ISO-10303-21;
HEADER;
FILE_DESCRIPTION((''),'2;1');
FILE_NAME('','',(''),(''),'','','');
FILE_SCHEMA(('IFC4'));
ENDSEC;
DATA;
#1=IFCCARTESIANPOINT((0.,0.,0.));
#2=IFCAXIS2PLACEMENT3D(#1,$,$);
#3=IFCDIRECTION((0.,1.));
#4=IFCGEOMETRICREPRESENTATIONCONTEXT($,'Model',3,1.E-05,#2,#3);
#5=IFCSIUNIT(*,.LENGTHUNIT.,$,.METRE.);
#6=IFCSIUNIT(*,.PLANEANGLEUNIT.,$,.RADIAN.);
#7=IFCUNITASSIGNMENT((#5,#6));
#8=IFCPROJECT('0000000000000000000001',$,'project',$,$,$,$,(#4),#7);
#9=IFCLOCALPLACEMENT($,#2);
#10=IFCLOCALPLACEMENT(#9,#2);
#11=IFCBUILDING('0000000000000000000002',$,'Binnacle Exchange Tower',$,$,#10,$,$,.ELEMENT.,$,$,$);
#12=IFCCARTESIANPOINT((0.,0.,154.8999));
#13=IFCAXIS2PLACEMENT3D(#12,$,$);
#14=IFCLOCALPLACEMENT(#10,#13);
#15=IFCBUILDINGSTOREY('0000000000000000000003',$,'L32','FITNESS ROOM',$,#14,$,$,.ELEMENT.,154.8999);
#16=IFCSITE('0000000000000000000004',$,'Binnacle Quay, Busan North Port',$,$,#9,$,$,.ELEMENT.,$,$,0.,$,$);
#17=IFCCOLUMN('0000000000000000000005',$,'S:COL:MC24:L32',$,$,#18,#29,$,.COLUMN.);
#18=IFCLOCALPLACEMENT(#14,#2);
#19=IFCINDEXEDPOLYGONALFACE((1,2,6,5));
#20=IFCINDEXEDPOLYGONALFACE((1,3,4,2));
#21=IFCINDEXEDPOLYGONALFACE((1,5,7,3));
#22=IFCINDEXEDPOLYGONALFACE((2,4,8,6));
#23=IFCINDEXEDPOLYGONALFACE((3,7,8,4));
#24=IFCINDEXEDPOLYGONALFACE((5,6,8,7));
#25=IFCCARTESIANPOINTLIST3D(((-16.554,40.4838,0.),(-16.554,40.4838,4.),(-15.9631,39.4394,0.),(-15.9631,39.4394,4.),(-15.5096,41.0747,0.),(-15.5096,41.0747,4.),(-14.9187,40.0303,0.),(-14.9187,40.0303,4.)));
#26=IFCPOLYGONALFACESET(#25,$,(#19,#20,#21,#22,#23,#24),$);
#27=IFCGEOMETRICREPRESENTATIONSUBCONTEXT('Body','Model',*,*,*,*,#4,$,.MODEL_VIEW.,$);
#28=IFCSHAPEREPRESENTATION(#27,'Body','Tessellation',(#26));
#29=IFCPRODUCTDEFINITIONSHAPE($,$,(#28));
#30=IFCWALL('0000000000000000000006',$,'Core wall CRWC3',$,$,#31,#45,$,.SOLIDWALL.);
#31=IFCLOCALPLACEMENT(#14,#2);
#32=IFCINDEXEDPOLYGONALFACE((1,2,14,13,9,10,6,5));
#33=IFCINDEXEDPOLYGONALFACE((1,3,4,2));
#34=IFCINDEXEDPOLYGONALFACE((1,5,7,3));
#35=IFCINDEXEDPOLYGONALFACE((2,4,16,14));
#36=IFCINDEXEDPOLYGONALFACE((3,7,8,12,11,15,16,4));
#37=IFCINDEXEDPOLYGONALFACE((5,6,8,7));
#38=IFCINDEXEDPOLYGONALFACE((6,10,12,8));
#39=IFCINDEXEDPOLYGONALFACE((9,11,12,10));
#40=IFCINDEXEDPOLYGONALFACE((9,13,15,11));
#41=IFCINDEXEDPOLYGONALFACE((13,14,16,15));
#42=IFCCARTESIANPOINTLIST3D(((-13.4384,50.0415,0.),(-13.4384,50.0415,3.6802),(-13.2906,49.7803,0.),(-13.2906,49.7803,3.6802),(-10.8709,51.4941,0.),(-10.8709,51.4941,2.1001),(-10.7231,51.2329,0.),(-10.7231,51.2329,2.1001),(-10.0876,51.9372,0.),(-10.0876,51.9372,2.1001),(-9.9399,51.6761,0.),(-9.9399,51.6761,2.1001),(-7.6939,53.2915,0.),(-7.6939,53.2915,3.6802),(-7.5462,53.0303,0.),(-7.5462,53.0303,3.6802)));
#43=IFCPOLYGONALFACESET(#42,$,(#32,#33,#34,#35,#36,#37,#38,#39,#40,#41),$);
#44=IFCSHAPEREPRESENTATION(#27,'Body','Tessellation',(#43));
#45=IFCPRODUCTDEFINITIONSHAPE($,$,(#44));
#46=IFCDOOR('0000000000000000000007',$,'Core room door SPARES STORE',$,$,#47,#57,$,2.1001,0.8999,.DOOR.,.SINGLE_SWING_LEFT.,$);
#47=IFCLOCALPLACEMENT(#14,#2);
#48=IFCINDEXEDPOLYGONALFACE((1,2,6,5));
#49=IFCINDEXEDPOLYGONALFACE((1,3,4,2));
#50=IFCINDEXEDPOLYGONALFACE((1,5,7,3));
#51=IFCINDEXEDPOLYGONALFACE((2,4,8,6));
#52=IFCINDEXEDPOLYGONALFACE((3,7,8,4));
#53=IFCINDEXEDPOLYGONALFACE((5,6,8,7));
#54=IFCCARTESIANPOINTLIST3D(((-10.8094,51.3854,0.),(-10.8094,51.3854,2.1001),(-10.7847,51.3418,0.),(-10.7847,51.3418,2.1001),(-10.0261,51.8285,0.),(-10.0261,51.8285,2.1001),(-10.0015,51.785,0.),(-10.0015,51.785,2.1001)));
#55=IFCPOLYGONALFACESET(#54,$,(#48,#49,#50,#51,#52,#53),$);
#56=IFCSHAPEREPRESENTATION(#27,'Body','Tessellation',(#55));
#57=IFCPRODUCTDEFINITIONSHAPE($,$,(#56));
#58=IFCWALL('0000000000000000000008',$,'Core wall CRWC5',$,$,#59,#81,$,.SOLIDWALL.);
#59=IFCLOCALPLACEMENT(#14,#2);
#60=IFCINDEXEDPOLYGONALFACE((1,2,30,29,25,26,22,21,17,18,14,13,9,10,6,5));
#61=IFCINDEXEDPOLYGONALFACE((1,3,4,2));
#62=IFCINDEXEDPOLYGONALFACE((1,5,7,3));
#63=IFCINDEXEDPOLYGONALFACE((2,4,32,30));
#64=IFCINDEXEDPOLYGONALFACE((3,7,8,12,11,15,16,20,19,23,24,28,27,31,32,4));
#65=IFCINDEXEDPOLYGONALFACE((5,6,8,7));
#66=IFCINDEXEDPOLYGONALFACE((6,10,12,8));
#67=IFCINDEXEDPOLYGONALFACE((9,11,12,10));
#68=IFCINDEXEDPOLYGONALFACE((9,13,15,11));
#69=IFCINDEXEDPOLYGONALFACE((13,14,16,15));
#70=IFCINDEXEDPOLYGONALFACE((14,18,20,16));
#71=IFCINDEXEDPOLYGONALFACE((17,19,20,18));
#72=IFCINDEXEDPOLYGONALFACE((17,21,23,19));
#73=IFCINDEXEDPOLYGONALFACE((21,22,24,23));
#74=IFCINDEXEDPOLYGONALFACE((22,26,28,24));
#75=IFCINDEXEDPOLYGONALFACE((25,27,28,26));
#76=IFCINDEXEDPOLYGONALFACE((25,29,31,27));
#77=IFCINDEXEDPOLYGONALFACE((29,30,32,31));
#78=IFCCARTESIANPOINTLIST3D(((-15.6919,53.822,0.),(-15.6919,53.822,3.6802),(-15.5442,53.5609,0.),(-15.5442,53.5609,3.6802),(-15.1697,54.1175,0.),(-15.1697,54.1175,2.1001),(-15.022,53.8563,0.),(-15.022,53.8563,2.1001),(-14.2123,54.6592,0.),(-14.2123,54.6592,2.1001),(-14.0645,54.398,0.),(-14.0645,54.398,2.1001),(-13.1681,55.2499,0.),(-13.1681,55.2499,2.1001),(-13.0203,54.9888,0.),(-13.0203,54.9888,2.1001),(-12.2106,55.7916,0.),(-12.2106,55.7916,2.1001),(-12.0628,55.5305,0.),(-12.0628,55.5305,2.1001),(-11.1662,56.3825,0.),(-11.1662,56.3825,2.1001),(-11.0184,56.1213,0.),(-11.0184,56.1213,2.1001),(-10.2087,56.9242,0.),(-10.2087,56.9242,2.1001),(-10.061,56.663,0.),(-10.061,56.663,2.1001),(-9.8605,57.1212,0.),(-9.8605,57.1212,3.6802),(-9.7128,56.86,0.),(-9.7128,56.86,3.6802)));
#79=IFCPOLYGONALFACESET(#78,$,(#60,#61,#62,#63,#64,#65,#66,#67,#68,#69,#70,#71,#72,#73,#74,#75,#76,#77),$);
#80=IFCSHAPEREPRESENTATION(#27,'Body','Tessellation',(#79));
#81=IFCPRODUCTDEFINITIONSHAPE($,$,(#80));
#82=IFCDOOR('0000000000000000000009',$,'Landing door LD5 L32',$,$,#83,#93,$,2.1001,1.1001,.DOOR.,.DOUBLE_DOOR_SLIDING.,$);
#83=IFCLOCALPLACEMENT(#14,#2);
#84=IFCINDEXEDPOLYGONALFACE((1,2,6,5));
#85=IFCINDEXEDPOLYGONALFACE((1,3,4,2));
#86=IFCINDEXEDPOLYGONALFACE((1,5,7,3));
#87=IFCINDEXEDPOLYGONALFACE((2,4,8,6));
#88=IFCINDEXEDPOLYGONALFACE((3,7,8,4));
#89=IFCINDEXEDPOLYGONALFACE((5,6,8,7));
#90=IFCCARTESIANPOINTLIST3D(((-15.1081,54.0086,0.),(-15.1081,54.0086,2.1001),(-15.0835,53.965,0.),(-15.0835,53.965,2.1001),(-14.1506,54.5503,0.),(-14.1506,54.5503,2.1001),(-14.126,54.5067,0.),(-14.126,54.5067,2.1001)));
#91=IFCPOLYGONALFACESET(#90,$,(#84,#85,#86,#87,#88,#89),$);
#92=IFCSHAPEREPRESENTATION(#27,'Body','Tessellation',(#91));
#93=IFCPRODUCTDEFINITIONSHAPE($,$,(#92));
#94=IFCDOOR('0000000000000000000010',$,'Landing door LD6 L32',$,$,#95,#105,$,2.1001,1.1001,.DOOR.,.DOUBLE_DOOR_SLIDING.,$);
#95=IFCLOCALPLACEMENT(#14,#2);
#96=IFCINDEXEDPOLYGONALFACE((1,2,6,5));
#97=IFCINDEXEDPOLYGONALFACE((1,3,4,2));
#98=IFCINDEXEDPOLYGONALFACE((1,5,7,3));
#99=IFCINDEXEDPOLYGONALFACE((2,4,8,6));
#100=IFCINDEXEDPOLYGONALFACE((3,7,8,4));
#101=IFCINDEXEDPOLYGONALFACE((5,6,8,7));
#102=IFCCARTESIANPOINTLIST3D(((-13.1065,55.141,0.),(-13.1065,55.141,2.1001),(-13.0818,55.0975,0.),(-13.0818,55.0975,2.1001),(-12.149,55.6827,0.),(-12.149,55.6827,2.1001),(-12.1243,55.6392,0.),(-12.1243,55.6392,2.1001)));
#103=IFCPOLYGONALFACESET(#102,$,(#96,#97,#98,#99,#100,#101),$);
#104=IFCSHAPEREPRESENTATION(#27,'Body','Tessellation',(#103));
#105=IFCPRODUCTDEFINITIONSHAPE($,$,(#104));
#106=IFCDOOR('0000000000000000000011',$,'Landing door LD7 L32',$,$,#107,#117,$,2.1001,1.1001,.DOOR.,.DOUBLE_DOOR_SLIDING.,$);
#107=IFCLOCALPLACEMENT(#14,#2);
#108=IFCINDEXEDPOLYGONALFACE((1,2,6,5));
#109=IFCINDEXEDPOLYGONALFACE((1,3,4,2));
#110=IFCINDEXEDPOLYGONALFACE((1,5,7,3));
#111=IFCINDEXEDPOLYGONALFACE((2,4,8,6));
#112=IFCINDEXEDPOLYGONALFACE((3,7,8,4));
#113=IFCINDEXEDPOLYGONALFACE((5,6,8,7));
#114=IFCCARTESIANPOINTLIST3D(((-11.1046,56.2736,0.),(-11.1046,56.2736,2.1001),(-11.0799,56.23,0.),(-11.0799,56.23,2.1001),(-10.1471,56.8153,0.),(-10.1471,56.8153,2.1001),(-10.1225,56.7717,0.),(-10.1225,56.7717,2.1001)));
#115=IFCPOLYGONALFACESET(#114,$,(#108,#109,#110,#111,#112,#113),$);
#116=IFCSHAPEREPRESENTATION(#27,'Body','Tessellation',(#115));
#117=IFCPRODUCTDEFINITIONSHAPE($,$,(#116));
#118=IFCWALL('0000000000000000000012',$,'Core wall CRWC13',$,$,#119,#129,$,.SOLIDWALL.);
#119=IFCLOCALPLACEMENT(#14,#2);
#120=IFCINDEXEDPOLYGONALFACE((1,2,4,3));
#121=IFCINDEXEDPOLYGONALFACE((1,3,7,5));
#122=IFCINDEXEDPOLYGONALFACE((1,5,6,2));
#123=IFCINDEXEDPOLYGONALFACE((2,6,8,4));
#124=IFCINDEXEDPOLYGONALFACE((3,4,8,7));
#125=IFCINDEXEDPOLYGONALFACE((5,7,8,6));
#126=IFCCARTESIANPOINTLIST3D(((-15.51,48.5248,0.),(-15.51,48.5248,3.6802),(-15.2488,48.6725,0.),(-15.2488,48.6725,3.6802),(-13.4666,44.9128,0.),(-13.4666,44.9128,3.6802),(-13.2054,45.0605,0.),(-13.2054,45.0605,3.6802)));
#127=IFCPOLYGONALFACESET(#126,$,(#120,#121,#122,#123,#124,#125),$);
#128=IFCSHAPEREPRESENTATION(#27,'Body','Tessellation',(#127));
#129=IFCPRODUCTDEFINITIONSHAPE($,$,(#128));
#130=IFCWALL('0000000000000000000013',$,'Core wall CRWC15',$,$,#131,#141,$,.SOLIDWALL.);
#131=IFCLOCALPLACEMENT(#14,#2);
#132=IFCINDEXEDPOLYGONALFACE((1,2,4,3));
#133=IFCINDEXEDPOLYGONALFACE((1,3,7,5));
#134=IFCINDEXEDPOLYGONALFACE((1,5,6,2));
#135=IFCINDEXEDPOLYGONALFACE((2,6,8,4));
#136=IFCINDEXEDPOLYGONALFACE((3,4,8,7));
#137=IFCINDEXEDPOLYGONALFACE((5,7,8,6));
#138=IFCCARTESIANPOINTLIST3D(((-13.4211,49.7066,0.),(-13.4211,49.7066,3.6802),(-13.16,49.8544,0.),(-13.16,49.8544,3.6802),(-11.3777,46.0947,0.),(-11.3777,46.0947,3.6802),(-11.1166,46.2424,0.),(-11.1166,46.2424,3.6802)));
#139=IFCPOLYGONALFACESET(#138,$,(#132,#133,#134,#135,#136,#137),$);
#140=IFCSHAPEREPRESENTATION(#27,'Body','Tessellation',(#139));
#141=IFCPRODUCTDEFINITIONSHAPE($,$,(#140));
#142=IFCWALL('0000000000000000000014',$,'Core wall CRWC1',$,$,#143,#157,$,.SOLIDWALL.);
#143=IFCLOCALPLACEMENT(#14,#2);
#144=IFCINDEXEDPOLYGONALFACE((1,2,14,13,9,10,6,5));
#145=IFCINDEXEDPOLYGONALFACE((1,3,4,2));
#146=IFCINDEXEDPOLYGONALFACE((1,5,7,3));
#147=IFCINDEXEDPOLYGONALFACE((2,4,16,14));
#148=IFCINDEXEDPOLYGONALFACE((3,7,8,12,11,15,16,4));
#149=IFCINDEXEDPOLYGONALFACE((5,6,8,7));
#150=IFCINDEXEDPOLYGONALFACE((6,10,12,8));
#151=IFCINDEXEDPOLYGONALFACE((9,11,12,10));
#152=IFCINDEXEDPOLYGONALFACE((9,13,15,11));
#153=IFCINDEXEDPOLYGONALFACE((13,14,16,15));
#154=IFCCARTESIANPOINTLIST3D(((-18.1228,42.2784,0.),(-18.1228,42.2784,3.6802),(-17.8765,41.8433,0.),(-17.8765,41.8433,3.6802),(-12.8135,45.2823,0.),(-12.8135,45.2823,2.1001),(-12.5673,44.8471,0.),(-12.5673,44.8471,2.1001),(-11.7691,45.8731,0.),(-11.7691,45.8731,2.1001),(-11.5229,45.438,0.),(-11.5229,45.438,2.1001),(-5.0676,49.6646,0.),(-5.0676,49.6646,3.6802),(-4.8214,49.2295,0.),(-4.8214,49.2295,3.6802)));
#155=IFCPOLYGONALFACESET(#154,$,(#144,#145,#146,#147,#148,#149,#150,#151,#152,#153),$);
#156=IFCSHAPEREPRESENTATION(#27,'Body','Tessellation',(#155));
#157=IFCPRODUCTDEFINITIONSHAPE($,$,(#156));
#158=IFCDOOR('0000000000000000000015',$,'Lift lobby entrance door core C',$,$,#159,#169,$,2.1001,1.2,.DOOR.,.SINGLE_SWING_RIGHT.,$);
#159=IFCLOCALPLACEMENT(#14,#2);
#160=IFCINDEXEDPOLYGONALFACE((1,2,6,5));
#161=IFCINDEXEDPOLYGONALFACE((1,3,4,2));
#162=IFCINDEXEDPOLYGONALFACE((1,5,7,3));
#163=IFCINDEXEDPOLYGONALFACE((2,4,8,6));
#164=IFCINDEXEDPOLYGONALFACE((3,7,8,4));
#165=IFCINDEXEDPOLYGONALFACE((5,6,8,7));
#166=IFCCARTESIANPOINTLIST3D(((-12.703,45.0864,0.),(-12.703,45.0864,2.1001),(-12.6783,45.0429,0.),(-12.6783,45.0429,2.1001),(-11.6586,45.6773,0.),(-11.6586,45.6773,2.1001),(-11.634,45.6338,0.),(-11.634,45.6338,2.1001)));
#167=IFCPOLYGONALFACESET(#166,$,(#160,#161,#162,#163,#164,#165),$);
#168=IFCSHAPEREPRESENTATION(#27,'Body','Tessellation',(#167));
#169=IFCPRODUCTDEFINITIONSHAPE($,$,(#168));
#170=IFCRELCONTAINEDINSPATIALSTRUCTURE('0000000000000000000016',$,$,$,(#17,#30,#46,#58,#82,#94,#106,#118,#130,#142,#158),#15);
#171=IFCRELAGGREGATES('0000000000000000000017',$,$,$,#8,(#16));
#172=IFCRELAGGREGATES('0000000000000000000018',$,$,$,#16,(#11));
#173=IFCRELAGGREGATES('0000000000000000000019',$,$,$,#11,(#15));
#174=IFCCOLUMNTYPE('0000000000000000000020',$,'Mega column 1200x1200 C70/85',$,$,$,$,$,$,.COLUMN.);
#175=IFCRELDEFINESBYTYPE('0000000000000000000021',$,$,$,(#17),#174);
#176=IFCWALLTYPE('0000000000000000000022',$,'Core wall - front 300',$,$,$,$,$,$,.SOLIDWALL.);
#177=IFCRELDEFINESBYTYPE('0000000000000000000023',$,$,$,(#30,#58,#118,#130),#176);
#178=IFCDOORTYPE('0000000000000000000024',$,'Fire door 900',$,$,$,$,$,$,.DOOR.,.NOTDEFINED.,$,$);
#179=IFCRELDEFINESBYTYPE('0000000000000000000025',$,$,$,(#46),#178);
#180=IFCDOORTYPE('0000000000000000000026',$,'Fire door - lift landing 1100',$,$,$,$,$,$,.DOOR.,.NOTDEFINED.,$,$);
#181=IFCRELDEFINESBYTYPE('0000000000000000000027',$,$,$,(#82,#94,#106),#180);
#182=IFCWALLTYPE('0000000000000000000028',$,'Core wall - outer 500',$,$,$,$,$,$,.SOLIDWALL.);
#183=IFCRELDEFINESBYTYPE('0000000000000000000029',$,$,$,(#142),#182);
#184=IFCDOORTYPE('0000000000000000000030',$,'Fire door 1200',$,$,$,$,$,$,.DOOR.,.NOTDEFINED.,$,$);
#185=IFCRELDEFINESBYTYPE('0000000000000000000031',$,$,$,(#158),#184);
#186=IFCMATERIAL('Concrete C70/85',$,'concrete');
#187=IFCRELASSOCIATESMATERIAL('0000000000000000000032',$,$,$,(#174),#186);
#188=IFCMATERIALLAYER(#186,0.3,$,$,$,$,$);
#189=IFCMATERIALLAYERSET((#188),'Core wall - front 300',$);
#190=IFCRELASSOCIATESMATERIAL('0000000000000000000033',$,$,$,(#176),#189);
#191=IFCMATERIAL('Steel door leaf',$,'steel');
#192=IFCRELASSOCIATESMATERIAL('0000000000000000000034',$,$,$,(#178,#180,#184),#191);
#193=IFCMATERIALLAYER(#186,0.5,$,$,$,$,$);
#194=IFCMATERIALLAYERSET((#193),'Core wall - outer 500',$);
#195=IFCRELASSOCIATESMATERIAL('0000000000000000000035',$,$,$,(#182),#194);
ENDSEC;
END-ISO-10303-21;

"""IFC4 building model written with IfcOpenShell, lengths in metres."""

from ifc_helpers import new_model, si_unit, direction, frame, frame_2d, origin, origin_2d, place, context, subcontext, project, spatial, rectangle, extrude, material, layer, layer_set, material_profile, profile_set, type_object, element, fill, save


model = new_model("IFC4")

# Units and contexts
model_context = context("Model", 3, precision=1e-05, world=origin(), true_north=direction((0.0, 1.0)))
body_context = subcontext(model_context, "Body", "Model", "MODEL_VIEW")
ifc_project = project(units=[si_unit("LENGTHUNIT", "METRE"), si_unit("PLANEANGLEUNIT", "RADIAN")], contexts=[model_context])

# Site, building, storey
site_placement = place(None, origin())
site = spatial("IfcSite", under=ifc_project, at=site_placement, Name="Binnacle Quay, Busan North Port", CompositionType="ELEMENT", RefElevation=0.0)
building_placement = place(site_placement, origin())
building = spatial("IfcBuilding", under=site, at=building_placement, Name="Binnacle Exchange Tower", CompositionType="ELEMENT")
storey_placement = place(building_placement, frame((0.0, 0.0, 154.8999)))
storey = spatial("IfcBuildingStorey", under=building, at=storey_placement, Name="L32", Description="FITNESS ROOM", CompositionType="ELEMENT", Elevation=154.8999)

# Column
ifc_material_1 = material(Name="Concrete C70/85", Category="concrete")
ifc_material_profile = material_profile(ifc_material_1, rectangle(XDim=1.2, YDim=1.2, at=origin_2d()), Name="Mega column 1200x1200 C70/85")
ifc_profile_set = profile_set([ifc_material_profile], Name="Concrete C70/85")
column_type = type_object("IfcColumnType", Name="Mega column 1200x1200 C70/85", PredefinedType="COLUMN", material=ifc_profile_set)
column_placement = place(storey_placement, frame((-15.7363, 40.2571, 0.0), z_axis=(0.0, 0.0, 1.0), x_axis=(0.870356, 0.492424, 0.0)))
element("IfcColumn", 1, at=column_placement, inside=storey, type_object=column_type, Name="S:COL:MC24:L32", PredefinedType="COLUMN", context=body_context, shape_type="SweptSolid", body=[
    extrude(rectangle(XDim=1.2, YDim=1.2, at=origin_2d()), origin(), (0.0, 0.0, 1.0), 4.0),
])

# Wall, opening, door
ifc_layer_1 = layer(ifc_material_1, 0.3)
ifc_layer_set_1 = layer_set([ifc_layer_1], Name="Core wall - front 300")
wall_type_1 = type_object("IfcWallType", Name="Core wall - front 300", PredefinedType="SOLIDWALL", material=ifc_layer_set_1)
wall_1_placement = place(storey_placement, frame((-13.3645, 49.9109, 0.0), z_axis=(0.0, 0.0, 1.0), x_axis=(0.870357, 0.492422, 0.0)))
wall_1 = element("IfcWall", 2, at=wall_1_placement, inside=storey, type_object=wall_type_1, Name="Core wall CRWC3", PredefinedType="SOLIDWALL", context=body_context, shape_type="SweptSolid", body=[
    extrude(rectangle(XDim=6.6001, YDim=0.3, at=frame_2d((3.3, 0.0))), origin(), (0.0, 0.0, 1.0), 3.6802),
])
opening_1_placement = place(wall_1_placement, frame((2.95, 0.0, 0.0)))
opening_1 = element("IfcOpeningElement", 3, at=opening_1_placement, cuts=wall_1, PredefinedType="OPENING", context=body_context, shape_type="SweptSolid", body=[
    extrude(rectangle(XDim=0.8999, YDim=2.1001, at=frame_2d((0.45, 1.05))), frame((0.0, 0.1599, 0.0), z_axis=(0.0, -1.0, 0.0), x_axis=(1.0, 0.0, 0.0)), (0.0, 0.0, 1.0), 0.3201),
])
ifc_material_2 = material(Name="Steel door leaf", Category="steel")
door_type_1 = type_object("IfcDoorType", Name="Fire door 900", OperationType="NOTDEFINED", PredefinedType="DOOR", material=ifc_material_2)
door_1_placement = place(opening_1_placement, frame((0.8999, 0.0, 0.0), z_axis=(0.0, 0.0, 1.0), x_axis=(-1.0, 0.0, 0.0)))
door_1 = element("IfcDoor", 4, at=door_1_placement, inside=storey, type_object=door_type_1, Name="Core room door SPARES STORE", OperationType="SINGLE_SWING_LEFT", OverallHeight=2.1001, OverallWidth=0.8999, PredefinedType="DOOR", context=body_context, shape_type="SweptSolid", body=[
    extrude(rectangle(XDim=0.8999, YDim=2.1001, at=frame_2d((0.45, 1.05))), frame((0.0, 0.0249, 0.0), z_axis=(0.0, -1.0, 0.0), x_axis=(1.0, 0.0, 0.0)), (0.0, 0.0, 1.0), 0.05),
])
fill(opening_1, door_1)

# Wall, openings, doors
wall_2_placement = place(storey_placement, frame((-15.6182, 53.6914, 0.0), z_axis=(0.0, 0.0, 1.0), x_axis=(0.870363, 0.49241, 0.0)))
wall_2 = element("IfcWall", 5, at=wall_2_placement, inside=storey, type_object=wall_type_1, Name="Core wall CRWC5", PredefinedType="SOLIDWALL", context=body_context, shape_type="SweptSolid", body=[
    extrude(rectangle(XDim=6.7, YDim=0.3, at=frame_2d((3.3501, 0.0))), origin(), (0.0, 0.0, 1.0), 3.6802),
])
opening_2_placement = place(wall_2_placement, frame((0.6001, 0.0, 0.0)))
opening_2 = element("IfcOpeningElement", 6, at=opening_2_placement, cuts=wall_2, PredefinedType="OPENING", context=body_context, shape_type="SweptSolid", body=[
    extrude(rectangle(XDim=1.1001, YDim=2.1001, at=frame_2d((0.55, 1.05))), frame((0.0, 0.1599, 0.0), z_axis=(0.0, -1.0, 0.0), x_axis=(1.0, 0.0, 0.0)), (0.0, 0.0, 1.0), 0.3201),
])
opening_3_placement = place(wall_2_placement, frame((2.8999, 0.0, 0.0)))
opening_3 = element("IfcOpeningElement", 7, at=opening_3_placement, cuts=wall_2, PredefinedType="OPENING", context=body_context, shape_type="SweptSolid", body=[
    extrude(rectangle(XDim=1.1001, YDim=2.1001, at=frame_2d((0.55, 1.05))), frame((0.0, 0.1599, 0.0), z_axis=(0.0, -1.0, 0.0), x_axis=(1.0, 0.0, 0.0)), (0.0, 0.0, 1.0), 0.3201),
])
opening_4_placement = place(wall_2_placement, frame((5.2, 0.0, 0.0)))
opening_4 = element("IfcOpeningElement", 8, at=opening_4_placement, cuts=wall_2, PredefinedType="OPENING", context=body_context, shape_type="SweptSolid", body=[
    extrude(rectangle(XDim=1.1001, YDim=2.1001, at=frame_2d((0.55, 1.05))), frame((0.0, 0.1599, 0.0), z_axis=(0.0, -1.0, 0.0), x_axis=(1.0, 0.0, 0.0)), (0.0, 0.0, 1.0), 0.3201),
])
door_type_2 = type_object("IfcDoorType", Name="Fire door - lift landing 1100", OperationType="NOTDEFINED", PredefinedType="DOOR", material=ifc_material_2)
door_2_placement = place(opening_2_placement, origin())
door_2 = element("IfcDoor", 9, at=door_2_placement, inside=storey, type_object=door_type_2, Name="Landing door LD5 L32", OperationType="DOUBLE_DOOR_SLIDING", OverallHeight=2.1001, OverallWidth=1.1001, PredefinedType="DOOR", context=body_context, shape_type="SweptSolid", body=[
    extrude(rectangle(XDim=1.1001, YDim=2.1001, at=frame_2d((0.55, 1.05))), frame((0.0, 0.0249, 0.0), z_axis=(0.0, -1.0, 0.0), x_axis=(1.0, 0.0, 0.0)), (0.0, 0.0, 1.0), 0.05),
])
fill(opening_2, door_2)
door_3_placement = place(opening_3_placement, origin())
door_3 = element("IfcDoor", 10, at=door_3_placement, inside=storey, type_object=door_type_2, Name="Landing door LD6 L32", OperationType="DOUBLE_DOOR_SLIDING", OverallHeight=2.1001, OverallWidth=1.1001, PredefinedType="DOOR", context=body_context, shape_type="SweptSolid", body=[
    extrude(rectangle(XDim=1.1001, YDim=2.1001, at=frame_2d((0.55, 1.05))), frame((0.0, 0.0249, 0.0), z_axis=(0.0, -1.0, 0.0), x_axis=(1.0, 0.0, 0.0)), (0.0, 0.0, 1.0), 0.05),
])
fill(opening_3, door_3)
door_4_placement = place(opening_4_placement, origin())
door_4 = element("IfcDoor", 11, at=door_4_placement, inside=storey, type_object=door_type_2, Name="Landing door LD7 L32", OperationType="DOUBLE_DOOR_SLIDING", OverallHeight=2.1001, OverallWidth=1.1001, PredefinedType="DOOR", context=body_context, shape_type="SweptSolid", body=[
    extrude(rectangle(XDim=1.1001, YDim=2.1001, at=frame_2d((0.55, 1.05))), frame((0.0, 0.0249, 0.0), z_axis=(0.0, -1.0, 0.0), x_axis=(1.0, 0.0, 0.0)), (0.0, 0.0, 1.0), 0.05),
])
fill(opening_4, door_4)

# Walls
for number, where, z_axis, x_axis, name in (
    (12, (-15.3794, 48.5986, 0.0), (0.0, 0.0, 1.0), (0.492396, -0.870371, 0.0), "Core wall CRWC13"),
    (13, (-13.2905, 49.7805, 0.0), (0.0, 0.0, 1.0), (0.492396, -0.870371, 0.0), "Core wall CRWC15"),
):
    element("IfcWall", number, at=place(storey_placement, frame(where, z_axis=z_axis, x_axis=x_axis)), inside=storey, type_object=wall_type_1, Name=name, PredefinedType="SOLIDWALL", context=body_context, shape_type="SweptSolid", body=[
        extrude(rectangle(XDim=4.1499, YDim=0.3, at=frame_2d((2.075, 0.0))), origin(), (0.0, 0.0, 1.0), 3.6802),
    ])

# Wall, opening, door
ifc_layer_2 = layer(ifc_material_1, 0.5)
ifc_layer_set_2 = layer_set([ifc_layer_2], Name="Core wall - outer 500")
wall_type_2 = type_object("IfcWallType", Name="Core wall - outer 500", PredefinedType="SOLIDWALL", material=ifc_layer_set_2)
wall_3_placement = place(storey_placement, frame((-17.9998, 42.0608, 0.0), z_axis=(0.0, 0.0, 1.0), x_axis=(0.870357, 0.492422, 0.0)))
wall_3 = element("IfcWall", 14, at=wall_3_placement, inside=storey, type_object=wall_type_2, Name="Core wall CRWC1", PredefinedType="SOLIDWALL", context=body_context, shape_type="SweptSolid", body=[
    extrude(rectangle(XDim=14.9998, YDim=0.5, at=frame_2d((7.5, 0.0))), origin(), (0.0, 0.0, 1.0), 3.6802),
])
opening_5_placement = place(wall_3_placement, frame((6.1001, 0.0, 0.0)))
opening_5 = element("IfcOpeningElement", 15, at=opening_5_placement, cuts=wall_3, PredefinedType="OPENING", context=body_context, shape_type="SweptSolid", body=[
    extrude(rectangle(XDim=1.2, YDim=2.1001, at=frame_2d((0.6001, 1.05))), frame((0.0, 0.26, 0.0), z_axis=(0.0, -1.0, 0.0), x_axis=(1.0, 0.0, 0.0)), (0.0, 0.0, 1.0), 0.52),
])
door_type_3 = type_object("IfcDoorType", Name="Fire door 1200", OperationType="NOTDEFINED", PredefinedType="DOOR", material=ifc_material_2)
door_5_placement = place(opening_5_placement, frame((1.2, 0.0, 0.0), z_axis=(0.0, 0.0, 1.0), x_axis=(-1.0, 0.0, 0.0)))
door_5 = element("IfcDoor", 16, at=door_5_placement, inside=storey, type_object=door_type_3, Name="Lift lobby entrance door core C", OperationType="SINGLE_SWING_RIGHT", OverallHeight=2.1001, OverallWidth=1.2, PredefinedType="DOOR", context=body_context, shape_type="SweptSolid", body=[
    extrude(rectangle(XDim=1.2, YDim=2.1001, at=frame_2d((0.6001, 1.05))), frame((0.0, 0.0249, 0.0), z_axis=(0.0, -1.0, 0.0), x_axis=(1.0, 0.0, 0.0)), (0.0, 0.0, 1.0), 0.05),
])
fill(opening_5, door_5)

save(model, "model.ifc")
